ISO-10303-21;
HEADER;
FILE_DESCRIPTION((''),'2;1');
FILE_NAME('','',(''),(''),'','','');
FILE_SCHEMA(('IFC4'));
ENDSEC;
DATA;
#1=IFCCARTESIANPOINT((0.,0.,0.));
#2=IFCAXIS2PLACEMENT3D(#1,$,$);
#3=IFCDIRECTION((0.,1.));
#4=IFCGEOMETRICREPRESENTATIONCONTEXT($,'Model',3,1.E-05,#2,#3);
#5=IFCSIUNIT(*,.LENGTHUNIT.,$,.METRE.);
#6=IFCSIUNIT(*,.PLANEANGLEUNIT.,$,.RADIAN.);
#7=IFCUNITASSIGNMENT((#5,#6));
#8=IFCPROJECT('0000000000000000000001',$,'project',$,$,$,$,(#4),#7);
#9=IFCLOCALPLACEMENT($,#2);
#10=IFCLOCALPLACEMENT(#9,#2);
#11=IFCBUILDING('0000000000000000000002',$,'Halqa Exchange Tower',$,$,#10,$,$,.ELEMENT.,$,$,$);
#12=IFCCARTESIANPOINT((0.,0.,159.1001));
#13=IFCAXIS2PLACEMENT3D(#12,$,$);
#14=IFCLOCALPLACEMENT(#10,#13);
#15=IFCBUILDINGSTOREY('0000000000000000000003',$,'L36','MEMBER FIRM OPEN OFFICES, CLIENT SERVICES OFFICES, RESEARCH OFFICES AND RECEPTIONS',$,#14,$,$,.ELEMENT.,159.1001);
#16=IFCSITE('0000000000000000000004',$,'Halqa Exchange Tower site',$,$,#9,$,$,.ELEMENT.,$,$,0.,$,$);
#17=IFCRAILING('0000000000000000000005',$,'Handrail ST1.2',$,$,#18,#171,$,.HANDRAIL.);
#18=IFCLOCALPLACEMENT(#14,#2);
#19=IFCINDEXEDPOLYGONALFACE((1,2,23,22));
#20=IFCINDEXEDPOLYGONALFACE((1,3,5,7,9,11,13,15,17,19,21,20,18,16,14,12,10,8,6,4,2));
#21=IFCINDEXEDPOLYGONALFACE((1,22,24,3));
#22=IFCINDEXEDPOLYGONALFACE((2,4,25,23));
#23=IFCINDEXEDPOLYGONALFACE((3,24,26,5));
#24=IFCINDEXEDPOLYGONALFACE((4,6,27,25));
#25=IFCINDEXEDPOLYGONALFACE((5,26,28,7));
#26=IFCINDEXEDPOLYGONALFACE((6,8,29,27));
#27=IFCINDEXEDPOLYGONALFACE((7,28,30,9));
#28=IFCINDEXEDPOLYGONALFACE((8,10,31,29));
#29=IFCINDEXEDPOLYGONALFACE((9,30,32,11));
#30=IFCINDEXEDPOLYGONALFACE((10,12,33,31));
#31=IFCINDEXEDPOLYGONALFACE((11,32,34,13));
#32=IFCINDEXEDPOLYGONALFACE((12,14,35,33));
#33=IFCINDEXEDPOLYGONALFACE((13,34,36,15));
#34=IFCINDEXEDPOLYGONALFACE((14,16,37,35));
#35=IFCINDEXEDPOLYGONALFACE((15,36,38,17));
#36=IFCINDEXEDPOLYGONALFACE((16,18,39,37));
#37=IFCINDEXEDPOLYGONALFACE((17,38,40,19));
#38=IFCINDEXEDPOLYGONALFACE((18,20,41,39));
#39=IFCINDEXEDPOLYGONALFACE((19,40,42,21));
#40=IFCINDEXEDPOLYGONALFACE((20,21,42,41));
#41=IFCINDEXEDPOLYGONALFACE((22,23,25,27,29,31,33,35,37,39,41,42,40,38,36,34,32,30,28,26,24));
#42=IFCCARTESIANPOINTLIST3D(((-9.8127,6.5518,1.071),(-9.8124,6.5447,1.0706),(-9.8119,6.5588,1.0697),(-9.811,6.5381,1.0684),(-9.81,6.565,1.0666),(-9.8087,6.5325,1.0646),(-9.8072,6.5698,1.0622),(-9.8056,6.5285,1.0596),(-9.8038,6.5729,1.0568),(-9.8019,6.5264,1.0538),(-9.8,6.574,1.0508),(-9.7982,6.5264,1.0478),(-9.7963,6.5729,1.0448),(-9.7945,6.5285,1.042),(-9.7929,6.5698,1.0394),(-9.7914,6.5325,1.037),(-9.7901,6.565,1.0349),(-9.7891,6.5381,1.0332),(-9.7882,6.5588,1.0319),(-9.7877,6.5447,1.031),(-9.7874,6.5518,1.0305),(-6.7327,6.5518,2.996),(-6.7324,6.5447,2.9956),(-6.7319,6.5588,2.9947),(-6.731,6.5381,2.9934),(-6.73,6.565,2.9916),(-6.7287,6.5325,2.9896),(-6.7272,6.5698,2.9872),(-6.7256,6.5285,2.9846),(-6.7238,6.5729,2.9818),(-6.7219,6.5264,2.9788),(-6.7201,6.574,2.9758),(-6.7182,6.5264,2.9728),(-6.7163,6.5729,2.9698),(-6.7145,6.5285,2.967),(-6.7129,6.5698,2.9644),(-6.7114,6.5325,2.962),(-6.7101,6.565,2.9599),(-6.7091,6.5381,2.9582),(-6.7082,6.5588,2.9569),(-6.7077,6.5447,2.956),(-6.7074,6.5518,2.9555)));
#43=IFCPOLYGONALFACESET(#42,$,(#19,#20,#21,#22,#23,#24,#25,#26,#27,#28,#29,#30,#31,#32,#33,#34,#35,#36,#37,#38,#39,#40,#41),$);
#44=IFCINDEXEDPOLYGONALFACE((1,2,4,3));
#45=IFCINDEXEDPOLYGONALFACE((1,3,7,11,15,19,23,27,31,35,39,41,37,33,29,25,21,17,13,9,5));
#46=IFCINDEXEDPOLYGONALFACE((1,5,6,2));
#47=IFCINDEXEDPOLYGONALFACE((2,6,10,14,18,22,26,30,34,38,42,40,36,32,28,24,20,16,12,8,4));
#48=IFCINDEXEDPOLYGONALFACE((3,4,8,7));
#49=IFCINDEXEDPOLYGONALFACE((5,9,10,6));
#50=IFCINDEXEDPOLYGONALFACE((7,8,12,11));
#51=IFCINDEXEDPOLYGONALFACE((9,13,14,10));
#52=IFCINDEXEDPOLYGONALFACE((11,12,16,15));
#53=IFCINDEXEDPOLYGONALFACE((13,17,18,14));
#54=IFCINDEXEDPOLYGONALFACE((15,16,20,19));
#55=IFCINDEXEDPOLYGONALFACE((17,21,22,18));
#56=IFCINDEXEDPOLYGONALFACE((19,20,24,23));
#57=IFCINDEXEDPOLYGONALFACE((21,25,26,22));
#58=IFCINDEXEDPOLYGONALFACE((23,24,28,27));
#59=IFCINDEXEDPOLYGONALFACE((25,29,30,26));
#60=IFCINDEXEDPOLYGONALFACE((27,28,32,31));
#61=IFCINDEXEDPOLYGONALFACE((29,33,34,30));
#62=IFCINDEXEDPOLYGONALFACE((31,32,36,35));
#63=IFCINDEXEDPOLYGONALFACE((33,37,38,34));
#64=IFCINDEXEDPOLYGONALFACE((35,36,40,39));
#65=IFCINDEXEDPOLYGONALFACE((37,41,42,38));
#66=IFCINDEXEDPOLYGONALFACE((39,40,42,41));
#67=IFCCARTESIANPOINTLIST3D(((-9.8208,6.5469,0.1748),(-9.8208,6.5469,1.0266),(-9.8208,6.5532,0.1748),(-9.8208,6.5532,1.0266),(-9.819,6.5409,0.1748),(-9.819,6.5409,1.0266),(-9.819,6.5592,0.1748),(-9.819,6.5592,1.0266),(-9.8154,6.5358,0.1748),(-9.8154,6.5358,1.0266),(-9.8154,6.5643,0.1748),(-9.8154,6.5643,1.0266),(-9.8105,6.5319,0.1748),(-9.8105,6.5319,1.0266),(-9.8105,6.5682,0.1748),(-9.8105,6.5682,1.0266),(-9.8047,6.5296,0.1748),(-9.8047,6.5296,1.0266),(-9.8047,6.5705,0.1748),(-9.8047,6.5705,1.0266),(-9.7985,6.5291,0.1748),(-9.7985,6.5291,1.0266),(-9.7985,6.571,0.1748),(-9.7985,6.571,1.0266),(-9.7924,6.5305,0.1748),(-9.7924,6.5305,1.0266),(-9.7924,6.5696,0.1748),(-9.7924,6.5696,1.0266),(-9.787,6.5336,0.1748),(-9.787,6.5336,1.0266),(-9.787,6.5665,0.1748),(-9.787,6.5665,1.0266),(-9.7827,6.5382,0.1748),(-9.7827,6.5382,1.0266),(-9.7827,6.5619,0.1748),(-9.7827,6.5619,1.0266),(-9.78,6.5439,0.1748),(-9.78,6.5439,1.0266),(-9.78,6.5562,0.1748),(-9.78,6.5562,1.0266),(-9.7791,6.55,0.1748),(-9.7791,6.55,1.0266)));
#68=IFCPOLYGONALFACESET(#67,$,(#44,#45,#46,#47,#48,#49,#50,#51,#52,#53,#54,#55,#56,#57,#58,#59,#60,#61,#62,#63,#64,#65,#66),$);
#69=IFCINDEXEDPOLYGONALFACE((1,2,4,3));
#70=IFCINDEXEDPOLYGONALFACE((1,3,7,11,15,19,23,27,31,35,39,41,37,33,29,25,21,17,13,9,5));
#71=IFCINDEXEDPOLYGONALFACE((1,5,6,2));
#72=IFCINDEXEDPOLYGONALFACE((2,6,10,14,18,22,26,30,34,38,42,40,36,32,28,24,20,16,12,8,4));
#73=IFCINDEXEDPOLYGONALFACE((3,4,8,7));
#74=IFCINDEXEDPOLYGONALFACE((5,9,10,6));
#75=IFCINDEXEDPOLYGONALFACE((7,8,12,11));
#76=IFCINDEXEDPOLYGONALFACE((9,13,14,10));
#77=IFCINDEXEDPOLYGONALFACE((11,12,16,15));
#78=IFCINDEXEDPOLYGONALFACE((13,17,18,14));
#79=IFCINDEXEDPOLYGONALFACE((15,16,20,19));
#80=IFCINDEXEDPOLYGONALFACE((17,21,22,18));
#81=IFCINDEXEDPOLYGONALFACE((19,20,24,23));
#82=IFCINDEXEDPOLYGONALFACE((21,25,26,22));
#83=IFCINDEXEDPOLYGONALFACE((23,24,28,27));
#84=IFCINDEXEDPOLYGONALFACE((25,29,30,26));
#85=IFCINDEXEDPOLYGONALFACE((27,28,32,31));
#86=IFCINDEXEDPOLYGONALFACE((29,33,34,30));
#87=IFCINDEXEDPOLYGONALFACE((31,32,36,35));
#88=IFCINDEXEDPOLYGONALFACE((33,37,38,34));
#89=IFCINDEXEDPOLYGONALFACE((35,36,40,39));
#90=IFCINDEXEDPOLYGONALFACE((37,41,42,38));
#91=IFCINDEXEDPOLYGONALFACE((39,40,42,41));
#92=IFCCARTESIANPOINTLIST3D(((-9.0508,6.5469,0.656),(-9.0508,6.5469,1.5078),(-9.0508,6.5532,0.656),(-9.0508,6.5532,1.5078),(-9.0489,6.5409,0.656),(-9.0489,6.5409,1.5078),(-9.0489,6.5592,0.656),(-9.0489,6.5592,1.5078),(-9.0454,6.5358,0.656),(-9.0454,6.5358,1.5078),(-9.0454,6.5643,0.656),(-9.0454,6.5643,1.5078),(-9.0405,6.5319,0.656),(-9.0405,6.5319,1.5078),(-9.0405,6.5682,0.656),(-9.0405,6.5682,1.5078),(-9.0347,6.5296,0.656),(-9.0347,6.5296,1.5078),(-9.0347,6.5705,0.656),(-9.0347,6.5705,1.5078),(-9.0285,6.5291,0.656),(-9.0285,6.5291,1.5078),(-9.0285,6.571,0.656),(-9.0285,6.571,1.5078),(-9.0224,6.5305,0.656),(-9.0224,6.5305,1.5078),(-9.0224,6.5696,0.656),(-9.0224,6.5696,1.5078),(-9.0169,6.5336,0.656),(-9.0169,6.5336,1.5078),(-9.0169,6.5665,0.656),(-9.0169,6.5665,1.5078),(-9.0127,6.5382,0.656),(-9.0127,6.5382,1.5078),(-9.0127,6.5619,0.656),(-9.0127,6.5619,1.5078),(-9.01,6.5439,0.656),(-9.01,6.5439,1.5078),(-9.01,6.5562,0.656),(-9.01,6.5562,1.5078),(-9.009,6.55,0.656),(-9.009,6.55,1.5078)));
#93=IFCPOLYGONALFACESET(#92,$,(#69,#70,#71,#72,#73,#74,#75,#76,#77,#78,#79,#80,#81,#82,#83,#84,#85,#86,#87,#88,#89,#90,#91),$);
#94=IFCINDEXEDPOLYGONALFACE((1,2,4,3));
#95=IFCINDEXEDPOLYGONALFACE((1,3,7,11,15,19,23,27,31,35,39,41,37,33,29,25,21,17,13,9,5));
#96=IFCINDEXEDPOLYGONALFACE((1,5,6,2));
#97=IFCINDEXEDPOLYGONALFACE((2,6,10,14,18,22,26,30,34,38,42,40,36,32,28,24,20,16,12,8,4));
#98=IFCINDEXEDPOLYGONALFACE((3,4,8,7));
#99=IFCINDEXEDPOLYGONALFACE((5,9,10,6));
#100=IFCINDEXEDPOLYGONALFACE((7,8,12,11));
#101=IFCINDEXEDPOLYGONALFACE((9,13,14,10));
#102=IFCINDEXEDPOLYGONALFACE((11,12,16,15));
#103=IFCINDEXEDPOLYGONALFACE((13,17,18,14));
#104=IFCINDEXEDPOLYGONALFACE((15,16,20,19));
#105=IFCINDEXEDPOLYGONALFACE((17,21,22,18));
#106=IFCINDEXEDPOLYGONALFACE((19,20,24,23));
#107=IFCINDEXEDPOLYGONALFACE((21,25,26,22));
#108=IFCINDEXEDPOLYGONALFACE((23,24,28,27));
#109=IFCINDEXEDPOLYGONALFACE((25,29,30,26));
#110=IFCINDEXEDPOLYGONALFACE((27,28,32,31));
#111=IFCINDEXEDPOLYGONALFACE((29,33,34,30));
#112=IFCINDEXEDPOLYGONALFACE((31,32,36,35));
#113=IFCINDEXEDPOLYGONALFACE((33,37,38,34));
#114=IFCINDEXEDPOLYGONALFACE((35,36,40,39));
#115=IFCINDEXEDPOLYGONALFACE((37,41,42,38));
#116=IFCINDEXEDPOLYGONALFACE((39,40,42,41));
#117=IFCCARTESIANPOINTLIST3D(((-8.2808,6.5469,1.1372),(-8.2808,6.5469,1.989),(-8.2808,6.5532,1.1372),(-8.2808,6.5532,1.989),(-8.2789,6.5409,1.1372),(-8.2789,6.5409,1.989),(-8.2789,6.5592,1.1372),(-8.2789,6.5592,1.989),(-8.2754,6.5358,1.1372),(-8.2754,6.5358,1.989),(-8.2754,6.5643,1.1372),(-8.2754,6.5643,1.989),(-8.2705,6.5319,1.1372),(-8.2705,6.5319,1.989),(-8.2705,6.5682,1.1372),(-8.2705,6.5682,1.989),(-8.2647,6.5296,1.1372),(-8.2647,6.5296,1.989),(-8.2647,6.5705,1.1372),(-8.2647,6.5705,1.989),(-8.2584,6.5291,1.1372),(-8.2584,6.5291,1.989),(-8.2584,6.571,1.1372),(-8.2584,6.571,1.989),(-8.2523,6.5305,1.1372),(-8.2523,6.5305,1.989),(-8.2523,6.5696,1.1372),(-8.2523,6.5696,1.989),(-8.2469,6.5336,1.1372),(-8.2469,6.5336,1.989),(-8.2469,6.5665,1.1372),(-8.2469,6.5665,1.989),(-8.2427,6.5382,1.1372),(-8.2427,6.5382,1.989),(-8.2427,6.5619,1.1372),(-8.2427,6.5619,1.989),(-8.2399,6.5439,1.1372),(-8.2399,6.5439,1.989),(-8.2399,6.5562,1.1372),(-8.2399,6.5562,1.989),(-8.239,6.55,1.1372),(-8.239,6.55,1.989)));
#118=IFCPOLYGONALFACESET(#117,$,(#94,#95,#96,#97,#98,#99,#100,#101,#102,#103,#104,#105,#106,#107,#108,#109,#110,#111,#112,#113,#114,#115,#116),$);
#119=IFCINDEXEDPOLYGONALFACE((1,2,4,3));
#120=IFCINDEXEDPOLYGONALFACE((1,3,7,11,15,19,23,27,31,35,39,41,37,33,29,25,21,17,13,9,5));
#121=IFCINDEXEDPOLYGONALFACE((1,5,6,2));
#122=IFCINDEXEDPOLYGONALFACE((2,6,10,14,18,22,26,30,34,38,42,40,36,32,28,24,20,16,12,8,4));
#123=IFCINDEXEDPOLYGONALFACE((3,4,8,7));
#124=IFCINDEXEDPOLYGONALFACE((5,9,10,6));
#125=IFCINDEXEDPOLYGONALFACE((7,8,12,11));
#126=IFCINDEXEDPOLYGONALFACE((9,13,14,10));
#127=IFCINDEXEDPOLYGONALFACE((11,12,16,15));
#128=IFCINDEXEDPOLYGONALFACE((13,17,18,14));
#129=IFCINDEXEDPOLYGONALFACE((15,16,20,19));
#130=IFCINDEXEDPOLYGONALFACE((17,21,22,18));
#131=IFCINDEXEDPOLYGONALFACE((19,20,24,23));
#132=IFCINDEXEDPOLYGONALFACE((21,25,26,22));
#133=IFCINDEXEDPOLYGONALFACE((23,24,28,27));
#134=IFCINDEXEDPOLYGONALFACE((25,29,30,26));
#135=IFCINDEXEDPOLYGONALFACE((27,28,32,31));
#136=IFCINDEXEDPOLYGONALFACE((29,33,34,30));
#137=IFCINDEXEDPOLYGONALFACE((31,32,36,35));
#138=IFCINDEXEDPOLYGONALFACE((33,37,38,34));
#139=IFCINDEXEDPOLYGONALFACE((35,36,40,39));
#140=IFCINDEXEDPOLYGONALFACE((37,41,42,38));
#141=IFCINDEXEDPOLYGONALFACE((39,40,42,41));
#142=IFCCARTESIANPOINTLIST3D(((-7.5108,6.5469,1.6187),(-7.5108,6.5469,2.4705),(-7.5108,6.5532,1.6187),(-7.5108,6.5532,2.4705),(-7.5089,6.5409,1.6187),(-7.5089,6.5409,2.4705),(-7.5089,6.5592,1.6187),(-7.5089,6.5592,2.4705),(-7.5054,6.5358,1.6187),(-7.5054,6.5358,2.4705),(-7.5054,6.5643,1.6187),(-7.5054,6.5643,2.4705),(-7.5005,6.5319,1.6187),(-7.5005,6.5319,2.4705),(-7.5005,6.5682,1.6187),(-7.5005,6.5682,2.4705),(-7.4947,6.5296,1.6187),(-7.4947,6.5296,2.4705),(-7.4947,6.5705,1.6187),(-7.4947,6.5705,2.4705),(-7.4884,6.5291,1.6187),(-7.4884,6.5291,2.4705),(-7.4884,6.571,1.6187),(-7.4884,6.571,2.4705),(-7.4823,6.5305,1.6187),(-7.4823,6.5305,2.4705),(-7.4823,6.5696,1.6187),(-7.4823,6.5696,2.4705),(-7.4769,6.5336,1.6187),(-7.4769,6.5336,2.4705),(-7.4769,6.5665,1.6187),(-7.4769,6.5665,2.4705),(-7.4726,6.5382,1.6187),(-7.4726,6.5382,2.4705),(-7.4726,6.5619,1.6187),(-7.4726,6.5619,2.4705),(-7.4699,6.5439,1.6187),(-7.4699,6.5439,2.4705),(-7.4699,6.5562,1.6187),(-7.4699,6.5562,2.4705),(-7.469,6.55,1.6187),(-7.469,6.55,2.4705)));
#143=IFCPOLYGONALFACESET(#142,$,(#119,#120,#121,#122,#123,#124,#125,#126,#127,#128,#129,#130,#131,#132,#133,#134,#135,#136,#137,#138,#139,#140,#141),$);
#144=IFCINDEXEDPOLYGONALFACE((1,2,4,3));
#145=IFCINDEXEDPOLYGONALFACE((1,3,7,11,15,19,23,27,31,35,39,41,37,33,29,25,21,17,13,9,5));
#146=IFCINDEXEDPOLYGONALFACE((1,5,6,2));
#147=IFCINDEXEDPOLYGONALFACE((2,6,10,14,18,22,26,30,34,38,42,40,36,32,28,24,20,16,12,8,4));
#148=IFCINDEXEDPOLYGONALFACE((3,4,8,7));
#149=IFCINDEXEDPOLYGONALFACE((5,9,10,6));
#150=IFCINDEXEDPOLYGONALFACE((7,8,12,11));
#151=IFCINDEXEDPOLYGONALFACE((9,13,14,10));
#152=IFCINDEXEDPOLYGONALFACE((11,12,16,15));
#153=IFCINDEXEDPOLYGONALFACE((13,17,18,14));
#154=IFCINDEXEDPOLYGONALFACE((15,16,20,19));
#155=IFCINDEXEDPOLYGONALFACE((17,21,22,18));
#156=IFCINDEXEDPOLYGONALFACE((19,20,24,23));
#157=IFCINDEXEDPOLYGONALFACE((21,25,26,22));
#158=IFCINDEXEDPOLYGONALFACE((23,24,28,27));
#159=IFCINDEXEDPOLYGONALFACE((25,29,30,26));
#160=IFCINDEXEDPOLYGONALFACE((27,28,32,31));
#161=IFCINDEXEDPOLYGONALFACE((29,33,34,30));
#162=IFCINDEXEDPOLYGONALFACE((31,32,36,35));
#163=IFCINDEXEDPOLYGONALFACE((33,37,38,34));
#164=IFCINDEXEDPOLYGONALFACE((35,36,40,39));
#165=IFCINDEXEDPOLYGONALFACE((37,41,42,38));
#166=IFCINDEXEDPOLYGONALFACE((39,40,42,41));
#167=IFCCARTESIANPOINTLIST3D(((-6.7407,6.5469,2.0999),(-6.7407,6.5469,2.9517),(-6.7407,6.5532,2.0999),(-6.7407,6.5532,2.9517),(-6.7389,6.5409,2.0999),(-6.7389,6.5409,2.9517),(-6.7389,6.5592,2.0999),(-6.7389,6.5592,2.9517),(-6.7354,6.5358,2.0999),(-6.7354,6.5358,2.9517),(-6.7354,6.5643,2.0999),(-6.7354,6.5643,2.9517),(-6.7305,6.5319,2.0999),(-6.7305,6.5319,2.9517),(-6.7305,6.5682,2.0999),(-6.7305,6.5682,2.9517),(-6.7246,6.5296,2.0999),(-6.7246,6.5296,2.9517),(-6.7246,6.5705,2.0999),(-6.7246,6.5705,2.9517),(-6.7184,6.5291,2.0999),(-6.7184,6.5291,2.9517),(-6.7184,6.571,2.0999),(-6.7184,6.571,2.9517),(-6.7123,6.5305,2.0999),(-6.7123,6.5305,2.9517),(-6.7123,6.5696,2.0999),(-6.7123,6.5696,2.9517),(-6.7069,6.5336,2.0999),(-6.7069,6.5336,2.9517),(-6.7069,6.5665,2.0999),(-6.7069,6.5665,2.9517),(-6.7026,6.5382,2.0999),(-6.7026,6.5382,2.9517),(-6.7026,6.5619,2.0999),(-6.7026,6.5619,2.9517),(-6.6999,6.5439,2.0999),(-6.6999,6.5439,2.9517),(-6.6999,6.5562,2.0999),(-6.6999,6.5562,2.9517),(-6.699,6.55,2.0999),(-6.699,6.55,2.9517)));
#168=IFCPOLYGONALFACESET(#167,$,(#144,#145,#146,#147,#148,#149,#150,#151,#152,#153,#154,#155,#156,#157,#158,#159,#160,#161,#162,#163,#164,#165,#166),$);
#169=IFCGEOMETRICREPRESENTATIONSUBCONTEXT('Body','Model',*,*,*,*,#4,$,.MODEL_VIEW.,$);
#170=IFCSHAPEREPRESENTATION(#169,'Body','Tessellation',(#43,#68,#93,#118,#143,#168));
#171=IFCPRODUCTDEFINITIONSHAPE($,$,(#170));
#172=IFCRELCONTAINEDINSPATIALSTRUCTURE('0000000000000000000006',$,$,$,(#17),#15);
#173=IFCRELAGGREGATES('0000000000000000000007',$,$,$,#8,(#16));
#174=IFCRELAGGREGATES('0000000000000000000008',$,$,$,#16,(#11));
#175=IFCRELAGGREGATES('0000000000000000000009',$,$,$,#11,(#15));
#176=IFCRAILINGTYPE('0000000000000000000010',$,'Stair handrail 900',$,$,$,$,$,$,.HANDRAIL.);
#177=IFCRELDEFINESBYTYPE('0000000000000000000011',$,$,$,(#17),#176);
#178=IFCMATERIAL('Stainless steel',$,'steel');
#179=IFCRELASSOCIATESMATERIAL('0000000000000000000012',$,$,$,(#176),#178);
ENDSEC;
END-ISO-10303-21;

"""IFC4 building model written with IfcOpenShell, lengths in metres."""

from ifc_helpers import new_model, si_unit, direction, frame, origin, origin_2d, place, context, subcontext, project, spatial, circle, extrude, material, type_object, element, save


model = new_model("IFC4")

# Units and contexts
model_context = context("Model", 3, precision=1e-05, world=origin(), true_north=direction((0.0, 1.0)))
body_context = subcontext(model_context, "Body", "Model", "MODEL_VIEW")
ifc_project = project(units=[si_unit("LENGTHUNIT", "METRE"), si_unit("PLANEANGLEUNIT", "RADIAN")], contexts=[model_context])

# Site, building, storey
site_placement = place(None, origin())
site = spatial("IfcSite", under=ifc_project, at=site_placement, Name="Halqa Exchange Tower site", CompositionType="ELEMENT", RefElevation=0.0)
building_placement = place(site_placement, origin())
building = spatial("IfcBuilding", under=site, at=building_placement, Name="Halqa Exchange Tower", CompositionType="ELEMENT")
storey_placement = place(building_placement, frame((0.0, 0.0, 159.1001)))
storey = spatial("IfcBuildingStorey", under=building, at=storey_placement, Name="L36", Description="MEMBER FIRM OPEN OFFICES, CLIENT SERVICES OFFICES, RESEARCH OFFICES AND RECEPTIONS", CompositionType="ELEMENT", Elevation=159.1001)

# Shared definitions
ifc_material_1 = material(Name="Stainless steel", Category="steel")

# Railing
railing_type_1 = type_object("IfcRailingType", Name="Stair handrail 900", PredefinedType="HANDRAIL", material=ifc_material_1)
railing_1_placement = place(storey_placement, frame((-9.8, 6.55, 0.1748)))
element("IfcRailing", 1, at=railing_1_placement, inside=storey, type_object=railing_type_1, Name="Handrail ST1.2", PredefinedType="HANDRAIL", context=body_context, shape_type="SweptSolid", body=[
    extrude(circle(Radius=0.0239, at=origin_2d()), frame((0.0, 0.0, 0.876), z_axis=(0.847998, 0.0, 0.529999), x_axis=(0.0, 1.0, 0.0)), (0.0, 0.0, 1.0), 3.6321),
    extrude(circle(Radius=0.021, at=origin_2d()), origin(), (0.0, 0.0, 1.0), 0.8518),
    extrude(circle(Radius=0.021, at=origin_2d()), frame((0.77, 0.0, 0.4812)), (0.0, 0.0, 1.0), 0.8518),
    extrude(circle(Radius=0.021, at=origin_2d()), frame((1.54, 0.0, 0.9624)), (0.0, 0.0, 1.0), 0.8518),
    extrude(circle(Radius=0.021, at=origin_2d()), frame((2.3101, 0.0, 1.4438)), (0.0, 0.0, 1.0), 0.8518),
    extrude(circle(Radius=0.021, at=origin_2d()), frame((3.0801, 0.0, 1.925)), (0.0, 0.0, 1.0), 0.8518),
])

save(model, "model.ifc")
